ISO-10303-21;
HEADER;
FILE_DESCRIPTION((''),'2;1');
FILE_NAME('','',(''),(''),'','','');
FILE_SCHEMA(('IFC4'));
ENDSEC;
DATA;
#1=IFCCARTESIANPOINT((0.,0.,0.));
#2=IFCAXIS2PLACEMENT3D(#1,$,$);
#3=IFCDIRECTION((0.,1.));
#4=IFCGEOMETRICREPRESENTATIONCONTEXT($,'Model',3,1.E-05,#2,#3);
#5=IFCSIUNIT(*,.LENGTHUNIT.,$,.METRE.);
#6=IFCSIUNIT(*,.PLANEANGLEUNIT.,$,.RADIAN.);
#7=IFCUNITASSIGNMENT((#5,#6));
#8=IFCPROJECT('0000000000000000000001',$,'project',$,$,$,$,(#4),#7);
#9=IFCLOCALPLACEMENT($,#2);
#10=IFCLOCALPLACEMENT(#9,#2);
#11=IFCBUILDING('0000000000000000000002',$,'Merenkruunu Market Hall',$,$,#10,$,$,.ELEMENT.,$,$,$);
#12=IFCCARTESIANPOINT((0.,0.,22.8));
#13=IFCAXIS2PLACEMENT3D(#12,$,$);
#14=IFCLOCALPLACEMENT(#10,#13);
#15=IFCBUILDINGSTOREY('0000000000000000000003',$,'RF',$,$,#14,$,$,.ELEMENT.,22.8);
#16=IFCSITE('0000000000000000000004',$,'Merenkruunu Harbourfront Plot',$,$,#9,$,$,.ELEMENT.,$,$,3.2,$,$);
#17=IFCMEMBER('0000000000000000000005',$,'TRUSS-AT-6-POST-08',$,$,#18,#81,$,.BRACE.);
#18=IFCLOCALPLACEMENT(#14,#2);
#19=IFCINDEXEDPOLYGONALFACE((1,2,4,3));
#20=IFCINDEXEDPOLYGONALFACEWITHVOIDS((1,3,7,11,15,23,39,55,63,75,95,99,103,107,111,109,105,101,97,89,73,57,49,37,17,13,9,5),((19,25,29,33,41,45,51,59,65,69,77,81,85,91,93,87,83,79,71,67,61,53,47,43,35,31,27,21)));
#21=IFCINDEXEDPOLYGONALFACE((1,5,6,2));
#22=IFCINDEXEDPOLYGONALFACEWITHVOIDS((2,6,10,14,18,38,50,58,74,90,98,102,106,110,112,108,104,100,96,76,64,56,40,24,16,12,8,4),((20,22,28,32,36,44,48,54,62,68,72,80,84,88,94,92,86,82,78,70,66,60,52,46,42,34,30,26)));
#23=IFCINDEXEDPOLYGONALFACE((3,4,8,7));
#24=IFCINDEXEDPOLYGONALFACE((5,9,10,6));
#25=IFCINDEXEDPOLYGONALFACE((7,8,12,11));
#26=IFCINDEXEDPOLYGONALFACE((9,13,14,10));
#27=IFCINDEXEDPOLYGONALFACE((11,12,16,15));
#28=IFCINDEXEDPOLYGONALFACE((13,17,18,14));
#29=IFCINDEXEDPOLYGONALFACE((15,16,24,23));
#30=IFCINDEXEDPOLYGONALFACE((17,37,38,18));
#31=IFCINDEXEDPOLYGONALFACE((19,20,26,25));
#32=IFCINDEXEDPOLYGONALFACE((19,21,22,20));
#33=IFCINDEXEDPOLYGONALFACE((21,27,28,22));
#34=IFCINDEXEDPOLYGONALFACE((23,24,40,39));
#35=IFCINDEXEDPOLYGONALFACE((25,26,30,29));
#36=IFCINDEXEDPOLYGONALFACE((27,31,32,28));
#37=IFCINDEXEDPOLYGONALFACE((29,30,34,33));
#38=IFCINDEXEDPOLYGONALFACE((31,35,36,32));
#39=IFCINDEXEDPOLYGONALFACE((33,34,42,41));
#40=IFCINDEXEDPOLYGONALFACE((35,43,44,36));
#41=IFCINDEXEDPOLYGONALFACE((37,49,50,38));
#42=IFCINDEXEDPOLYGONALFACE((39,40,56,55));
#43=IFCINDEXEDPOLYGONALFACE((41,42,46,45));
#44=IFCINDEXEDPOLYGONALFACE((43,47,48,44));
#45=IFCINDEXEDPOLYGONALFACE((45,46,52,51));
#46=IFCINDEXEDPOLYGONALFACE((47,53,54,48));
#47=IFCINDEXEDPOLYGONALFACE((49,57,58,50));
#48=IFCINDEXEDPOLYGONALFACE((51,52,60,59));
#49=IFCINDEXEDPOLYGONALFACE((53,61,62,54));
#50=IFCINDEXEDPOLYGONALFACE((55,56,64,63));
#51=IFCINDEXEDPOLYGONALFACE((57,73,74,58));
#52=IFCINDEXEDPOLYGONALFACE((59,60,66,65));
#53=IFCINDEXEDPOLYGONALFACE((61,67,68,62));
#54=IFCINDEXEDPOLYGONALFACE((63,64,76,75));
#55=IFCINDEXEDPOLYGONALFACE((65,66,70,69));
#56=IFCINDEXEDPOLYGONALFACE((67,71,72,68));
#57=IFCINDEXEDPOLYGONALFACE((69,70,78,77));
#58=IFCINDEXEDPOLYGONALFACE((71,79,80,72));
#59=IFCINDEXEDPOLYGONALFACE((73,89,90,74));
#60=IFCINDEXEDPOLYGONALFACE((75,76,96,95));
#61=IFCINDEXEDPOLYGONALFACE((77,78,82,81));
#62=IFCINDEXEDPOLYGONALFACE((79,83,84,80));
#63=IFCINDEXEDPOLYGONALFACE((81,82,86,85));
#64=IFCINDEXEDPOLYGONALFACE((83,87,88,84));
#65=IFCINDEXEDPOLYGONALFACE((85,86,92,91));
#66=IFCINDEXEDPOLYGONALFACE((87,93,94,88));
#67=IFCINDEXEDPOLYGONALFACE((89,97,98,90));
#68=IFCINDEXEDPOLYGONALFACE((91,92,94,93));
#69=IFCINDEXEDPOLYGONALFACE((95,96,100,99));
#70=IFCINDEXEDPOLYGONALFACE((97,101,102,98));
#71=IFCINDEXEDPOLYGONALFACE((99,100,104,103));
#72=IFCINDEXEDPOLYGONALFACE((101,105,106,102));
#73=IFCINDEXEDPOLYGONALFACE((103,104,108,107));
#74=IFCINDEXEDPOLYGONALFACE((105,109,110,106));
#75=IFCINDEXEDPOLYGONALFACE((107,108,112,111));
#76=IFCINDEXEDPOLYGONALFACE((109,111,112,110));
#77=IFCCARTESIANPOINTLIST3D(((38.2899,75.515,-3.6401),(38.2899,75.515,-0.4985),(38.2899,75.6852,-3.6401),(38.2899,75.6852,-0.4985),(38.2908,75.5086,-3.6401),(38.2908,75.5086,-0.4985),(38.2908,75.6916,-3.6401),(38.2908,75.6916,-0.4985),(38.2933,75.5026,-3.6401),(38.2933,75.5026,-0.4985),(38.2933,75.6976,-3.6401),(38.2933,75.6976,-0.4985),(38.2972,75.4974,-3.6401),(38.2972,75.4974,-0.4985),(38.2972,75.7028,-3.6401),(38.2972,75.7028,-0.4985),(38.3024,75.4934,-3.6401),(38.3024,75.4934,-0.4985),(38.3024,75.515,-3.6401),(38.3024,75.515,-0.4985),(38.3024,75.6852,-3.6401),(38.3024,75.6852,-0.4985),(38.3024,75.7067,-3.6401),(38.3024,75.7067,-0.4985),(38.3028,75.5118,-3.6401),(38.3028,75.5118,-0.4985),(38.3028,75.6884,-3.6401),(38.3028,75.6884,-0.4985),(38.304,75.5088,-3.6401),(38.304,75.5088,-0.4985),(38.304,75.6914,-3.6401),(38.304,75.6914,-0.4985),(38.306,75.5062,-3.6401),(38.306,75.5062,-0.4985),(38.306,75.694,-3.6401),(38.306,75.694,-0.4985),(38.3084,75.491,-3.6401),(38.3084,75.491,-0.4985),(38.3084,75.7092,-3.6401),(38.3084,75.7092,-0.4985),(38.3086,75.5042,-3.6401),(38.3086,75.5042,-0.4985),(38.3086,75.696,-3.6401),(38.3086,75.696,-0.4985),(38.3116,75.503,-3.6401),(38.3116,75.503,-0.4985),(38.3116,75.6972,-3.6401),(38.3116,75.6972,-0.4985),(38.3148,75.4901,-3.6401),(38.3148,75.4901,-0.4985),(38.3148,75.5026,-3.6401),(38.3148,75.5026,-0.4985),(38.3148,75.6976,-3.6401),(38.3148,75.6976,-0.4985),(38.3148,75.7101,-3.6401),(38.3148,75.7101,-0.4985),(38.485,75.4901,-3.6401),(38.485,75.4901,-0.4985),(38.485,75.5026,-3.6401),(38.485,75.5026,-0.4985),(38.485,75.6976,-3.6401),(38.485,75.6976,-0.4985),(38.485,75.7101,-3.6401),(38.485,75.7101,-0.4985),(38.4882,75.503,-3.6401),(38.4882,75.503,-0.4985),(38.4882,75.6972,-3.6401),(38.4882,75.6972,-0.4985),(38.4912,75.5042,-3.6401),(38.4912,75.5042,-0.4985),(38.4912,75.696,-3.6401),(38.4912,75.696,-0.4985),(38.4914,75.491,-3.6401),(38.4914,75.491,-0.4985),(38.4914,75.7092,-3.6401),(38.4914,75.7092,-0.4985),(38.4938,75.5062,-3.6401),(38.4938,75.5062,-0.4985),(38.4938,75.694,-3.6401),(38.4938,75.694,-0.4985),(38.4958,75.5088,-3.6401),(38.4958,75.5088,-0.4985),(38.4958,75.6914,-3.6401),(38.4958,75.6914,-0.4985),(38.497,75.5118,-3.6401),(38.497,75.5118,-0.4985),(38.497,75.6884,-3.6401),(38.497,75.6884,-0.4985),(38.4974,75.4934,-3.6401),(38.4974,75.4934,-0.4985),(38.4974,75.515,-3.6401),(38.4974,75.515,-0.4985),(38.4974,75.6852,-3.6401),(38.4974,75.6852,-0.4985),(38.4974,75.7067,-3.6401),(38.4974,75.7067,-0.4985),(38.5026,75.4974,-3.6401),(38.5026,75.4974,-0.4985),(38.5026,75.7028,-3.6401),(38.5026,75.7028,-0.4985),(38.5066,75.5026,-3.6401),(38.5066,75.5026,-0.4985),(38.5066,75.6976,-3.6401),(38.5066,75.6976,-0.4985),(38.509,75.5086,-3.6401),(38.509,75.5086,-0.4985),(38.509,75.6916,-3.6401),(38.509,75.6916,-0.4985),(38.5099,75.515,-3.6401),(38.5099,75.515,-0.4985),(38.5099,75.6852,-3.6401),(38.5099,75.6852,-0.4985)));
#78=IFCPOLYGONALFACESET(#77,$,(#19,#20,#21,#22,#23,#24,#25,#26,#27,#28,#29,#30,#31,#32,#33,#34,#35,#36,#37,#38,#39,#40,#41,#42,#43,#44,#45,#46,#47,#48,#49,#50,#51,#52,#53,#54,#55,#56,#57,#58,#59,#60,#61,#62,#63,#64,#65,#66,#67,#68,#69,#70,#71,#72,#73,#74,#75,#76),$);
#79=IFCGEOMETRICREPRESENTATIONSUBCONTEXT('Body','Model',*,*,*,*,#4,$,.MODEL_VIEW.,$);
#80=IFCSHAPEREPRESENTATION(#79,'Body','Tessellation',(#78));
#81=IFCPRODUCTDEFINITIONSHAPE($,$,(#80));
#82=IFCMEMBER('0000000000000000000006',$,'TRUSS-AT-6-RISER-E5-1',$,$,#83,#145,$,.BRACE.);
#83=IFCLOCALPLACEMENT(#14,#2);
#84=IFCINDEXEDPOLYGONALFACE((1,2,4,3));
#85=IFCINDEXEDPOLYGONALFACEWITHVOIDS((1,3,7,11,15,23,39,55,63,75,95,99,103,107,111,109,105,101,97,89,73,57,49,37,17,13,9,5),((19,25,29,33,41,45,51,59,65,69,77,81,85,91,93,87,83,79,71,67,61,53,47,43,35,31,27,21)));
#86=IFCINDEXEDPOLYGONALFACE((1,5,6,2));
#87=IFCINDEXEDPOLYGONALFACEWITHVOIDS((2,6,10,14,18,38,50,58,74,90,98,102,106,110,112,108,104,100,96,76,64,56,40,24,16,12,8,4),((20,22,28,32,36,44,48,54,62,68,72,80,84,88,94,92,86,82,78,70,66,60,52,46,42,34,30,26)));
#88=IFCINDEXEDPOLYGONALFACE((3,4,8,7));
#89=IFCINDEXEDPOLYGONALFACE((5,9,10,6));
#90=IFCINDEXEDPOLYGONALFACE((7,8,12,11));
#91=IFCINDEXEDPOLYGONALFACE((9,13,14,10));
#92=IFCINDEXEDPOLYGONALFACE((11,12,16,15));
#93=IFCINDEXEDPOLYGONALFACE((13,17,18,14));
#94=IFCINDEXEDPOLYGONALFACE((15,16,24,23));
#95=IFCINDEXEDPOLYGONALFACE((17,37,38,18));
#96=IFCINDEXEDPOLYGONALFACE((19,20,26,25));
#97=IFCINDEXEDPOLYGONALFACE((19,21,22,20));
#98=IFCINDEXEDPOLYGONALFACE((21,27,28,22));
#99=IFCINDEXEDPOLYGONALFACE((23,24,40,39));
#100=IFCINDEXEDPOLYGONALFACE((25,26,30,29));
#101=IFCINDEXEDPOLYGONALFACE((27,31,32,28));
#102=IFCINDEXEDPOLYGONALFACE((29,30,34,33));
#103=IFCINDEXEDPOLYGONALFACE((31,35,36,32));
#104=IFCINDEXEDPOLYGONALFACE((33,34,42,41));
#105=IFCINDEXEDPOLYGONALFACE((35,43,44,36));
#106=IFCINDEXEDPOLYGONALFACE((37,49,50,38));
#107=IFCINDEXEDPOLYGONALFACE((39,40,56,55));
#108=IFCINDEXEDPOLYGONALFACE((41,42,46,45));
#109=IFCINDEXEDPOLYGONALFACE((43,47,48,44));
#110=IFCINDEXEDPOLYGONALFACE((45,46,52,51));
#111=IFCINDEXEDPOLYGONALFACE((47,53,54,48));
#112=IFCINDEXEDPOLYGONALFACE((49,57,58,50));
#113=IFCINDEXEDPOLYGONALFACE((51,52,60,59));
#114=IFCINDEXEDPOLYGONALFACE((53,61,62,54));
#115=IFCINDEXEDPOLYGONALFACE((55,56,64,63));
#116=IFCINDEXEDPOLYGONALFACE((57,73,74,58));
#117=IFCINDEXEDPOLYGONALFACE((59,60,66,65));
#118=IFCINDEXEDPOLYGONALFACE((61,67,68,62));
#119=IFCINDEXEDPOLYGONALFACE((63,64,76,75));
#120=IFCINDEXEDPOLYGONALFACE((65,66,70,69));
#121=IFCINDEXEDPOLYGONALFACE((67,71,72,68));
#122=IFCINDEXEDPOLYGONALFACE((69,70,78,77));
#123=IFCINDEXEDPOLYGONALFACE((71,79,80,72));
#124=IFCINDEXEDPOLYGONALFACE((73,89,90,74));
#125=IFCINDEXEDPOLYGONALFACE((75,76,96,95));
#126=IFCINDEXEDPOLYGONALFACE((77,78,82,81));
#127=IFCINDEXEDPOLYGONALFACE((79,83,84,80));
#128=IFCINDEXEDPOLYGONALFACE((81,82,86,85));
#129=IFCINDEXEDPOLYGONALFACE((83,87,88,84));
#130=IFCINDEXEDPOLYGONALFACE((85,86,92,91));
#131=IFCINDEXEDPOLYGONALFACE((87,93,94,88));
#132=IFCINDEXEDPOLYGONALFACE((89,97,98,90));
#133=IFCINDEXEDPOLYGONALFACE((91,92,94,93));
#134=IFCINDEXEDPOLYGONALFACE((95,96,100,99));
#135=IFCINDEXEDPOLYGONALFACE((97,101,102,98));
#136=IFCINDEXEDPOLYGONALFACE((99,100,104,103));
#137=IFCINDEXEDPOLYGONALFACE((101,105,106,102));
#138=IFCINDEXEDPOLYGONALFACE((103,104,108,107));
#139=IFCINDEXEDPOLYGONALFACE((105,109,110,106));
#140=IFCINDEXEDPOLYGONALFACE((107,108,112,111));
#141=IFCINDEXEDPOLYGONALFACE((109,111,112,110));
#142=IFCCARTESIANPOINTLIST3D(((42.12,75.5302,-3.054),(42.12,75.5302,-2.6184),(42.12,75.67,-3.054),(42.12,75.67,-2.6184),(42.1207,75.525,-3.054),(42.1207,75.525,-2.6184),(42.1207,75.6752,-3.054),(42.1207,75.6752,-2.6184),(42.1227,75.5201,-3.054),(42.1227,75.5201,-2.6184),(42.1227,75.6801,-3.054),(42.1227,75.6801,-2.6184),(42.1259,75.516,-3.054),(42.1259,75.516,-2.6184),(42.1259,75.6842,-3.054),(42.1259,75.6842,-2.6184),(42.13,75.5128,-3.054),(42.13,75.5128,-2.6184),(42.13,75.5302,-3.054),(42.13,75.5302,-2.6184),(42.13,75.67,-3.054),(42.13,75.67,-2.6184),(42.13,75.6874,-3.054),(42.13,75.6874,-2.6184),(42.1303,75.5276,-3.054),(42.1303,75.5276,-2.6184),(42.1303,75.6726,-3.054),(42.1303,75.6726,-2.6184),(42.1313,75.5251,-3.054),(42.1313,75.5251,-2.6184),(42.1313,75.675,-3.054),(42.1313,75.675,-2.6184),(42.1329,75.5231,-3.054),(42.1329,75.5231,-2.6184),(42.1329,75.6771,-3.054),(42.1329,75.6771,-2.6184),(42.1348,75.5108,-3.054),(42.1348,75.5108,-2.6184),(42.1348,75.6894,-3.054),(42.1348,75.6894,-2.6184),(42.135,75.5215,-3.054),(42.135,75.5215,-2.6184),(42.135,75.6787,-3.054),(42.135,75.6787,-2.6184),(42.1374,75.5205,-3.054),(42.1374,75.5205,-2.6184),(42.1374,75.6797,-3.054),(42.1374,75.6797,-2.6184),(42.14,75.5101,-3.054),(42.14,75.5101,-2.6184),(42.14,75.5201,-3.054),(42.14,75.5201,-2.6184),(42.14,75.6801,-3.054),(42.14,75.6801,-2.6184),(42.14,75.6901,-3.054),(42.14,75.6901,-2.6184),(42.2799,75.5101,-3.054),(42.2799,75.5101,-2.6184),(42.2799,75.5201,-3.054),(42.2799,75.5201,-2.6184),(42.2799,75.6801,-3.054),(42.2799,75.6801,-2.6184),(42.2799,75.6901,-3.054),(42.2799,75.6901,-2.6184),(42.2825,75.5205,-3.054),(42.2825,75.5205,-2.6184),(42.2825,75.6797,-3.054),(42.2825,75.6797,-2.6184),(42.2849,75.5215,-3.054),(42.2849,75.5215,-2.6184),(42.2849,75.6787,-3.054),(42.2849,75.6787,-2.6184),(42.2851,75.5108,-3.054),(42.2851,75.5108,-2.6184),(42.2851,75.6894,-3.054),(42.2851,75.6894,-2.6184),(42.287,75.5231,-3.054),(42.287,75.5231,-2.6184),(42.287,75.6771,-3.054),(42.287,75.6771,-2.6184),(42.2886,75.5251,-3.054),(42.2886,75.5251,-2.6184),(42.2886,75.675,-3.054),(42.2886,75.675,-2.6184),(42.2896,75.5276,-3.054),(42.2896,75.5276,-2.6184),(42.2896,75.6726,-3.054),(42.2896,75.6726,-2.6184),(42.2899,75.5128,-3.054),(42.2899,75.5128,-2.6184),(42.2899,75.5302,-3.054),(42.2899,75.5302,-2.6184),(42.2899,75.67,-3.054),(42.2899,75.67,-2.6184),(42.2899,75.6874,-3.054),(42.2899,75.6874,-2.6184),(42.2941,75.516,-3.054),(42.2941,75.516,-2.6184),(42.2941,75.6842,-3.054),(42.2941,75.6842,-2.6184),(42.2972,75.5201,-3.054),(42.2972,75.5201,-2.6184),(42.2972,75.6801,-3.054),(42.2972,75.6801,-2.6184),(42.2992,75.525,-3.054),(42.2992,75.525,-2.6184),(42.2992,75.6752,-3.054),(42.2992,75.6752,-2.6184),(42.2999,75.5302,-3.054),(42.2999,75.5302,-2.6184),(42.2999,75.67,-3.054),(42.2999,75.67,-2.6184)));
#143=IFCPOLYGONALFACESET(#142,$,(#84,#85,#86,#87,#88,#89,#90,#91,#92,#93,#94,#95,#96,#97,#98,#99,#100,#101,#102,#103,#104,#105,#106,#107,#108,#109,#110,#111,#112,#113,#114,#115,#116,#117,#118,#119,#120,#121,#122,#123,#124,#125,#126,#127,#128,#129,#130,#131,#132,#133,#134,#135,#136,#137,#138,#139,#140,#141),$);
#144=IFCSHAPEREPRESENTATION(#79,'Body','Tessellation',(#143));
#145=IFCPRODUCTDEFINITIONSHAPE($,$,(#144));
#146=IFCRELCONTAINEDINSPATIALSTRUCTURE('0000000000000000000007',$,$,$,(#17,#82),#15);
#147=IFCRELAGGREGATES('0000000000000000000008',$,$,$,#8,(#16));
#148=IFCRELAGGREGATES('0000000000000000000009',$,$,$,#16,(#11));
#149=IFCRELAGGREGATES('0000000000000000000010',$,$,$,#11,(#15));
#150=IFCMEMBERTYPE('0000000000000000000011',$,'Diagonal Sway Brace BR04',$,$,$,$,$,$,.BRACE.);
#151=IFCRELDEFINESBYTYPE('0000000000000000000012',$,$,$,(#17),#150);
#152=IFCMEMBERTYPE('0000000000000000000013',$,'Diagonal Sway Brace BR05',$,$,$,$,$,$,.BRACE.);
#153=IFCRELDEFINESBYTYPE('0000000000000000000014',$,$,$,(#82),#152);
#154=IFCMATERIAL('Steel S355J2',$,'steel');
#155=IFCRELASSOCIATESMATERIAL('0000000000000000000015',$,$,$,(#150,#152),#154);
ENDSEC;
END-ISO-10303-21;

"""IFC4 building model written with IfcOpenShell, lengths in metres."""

from ifc_helpers import new_model, si_unit, direction, frame, origin, origin_2d, place, context, subcontext, project, spatial, hollow_rectangle, extrude, material, material_profile, profile_set, type_object, element, save


model = new_model("IFC4")

# Units and contexts
model_context = context("Model", 3, precision=1e-05, world=origin(), true_north=direction((0.0, 1.0)))
body_context = subcontext(model_context, "Body", "Model", "MODEL_VIEW")
ifc_project = project(units=[si_unit("LENGTHUNIT", "METRE"), si_unit("PLANEANGLEUNIT", "RADIAN")], contexts=[model_context])

# Site, building, storey
site_placement = place(None, origin())
site = spatial("IfcSite", under=ifc_project, at=site_placement, Name="Merenkruunu Harbourfront Plot", CompositionType="ELEMENT", RefElevation=3.2)
building_placement = place(site_placement, origin())
building = spatial("IfcBuilding", under=site, at=building_placement, Name="Merenkruunu Market Hall", CompositionType="ELEMENT")
storey_placement = place(building_placement, frame((0.0, 0.0, 22.8)))
storey = spatial("IfcBuildingStorey", under=building, at=storey_placement, Name="RF", CompositionType="ELEMENT", Elevation=22.8)

# Members
ifc_material_1 = material(Name="Steel S355J2", Category="steel")
ifc_material_profile_1 = material_profile(ifc_material_1, hollow_rectangle(XDim=0.22, YDim=0.22, WallThickness=0.0125, InnerFilletRadius=0.0125, OuterFilletRadius=0.0249, at=origin_2d()), Name="SHS 220x220x12.5")
ifc_profile_set_1 = profile_set([ifc_material_profile_1], Name="Steel S355J2")
member_type_1 = type_object("IfcMemberType", Name="Diagonal Sway Brace BR04", PredefinedType="BRACE", material=ifc_profile_set_1)
member_1_placement = place(storey_placement, frame((38.3999, 75.6001, -3.6401), z_axis=(0.0, 0.0, 1.0), x_axis=(1.0, 0.0, 0.0)))
element("IfcMember", 1, at=member_1_placement, inside=storey, type_object=member_type_1, Name="TRUSS-AT-6-POST-08", PredefinedType="BRACE", context=body_context, shape_type="SweptSolid", body=[
    extrude(hollow_rectangle(XDim=0.22, YDim=0.22, WallThickness=0.0125, InnerFilletRadius=0.0125, OuterFilletRadius=0.0249, at=origin_2d()), origin(), (0.0, 0.0, 1.0), 3.1416),
])
ifc_material_profile_2 = material_profile(ifc_material_1, hollow_rectangle(XDim=0.1799, YDim=0.1799, WallThickness=0.01, InnerFilletRadius=0.01, OuterFilletRadius=0.02, at=origin_2d()), Name="SHS 180x180x10")
ifc_profile_set_2 = profile_set([ifc_material_profile_2], Name="Steel S355J2")
member_type_2 = type_object("IfcMemberType", Name="Diagonal Sway Brace BR05", PredefinedType="BRACE", material=ifc_profile_set_2)
member_2_placement = place(storey_placement, frame((42.21, 75.6001, -3.054), z_axis=(0.0, 0.0, 1.0), x_axis=(1.0, 0.0, 0.0)))
element("IfcMember", 2, at=member_2_placement, inside=storey, type_object=member_type_2, Name="TRUSS-AT-6-RISER-E5-1", PredefinedType="BRACE", context=body_context, shape_type="SweptSolid", body=[
    extrude(hollow_rectangle(XDim=0.1799, YDim=0.1799, WallThickness=0.01, InnerFilletRadius=0.01, OuterFilletRadius=0.02, at=origin_2d()), origin(), (0.0, 0.0, 1.0), 0.4355),
])

save(model, "model.ifc")
